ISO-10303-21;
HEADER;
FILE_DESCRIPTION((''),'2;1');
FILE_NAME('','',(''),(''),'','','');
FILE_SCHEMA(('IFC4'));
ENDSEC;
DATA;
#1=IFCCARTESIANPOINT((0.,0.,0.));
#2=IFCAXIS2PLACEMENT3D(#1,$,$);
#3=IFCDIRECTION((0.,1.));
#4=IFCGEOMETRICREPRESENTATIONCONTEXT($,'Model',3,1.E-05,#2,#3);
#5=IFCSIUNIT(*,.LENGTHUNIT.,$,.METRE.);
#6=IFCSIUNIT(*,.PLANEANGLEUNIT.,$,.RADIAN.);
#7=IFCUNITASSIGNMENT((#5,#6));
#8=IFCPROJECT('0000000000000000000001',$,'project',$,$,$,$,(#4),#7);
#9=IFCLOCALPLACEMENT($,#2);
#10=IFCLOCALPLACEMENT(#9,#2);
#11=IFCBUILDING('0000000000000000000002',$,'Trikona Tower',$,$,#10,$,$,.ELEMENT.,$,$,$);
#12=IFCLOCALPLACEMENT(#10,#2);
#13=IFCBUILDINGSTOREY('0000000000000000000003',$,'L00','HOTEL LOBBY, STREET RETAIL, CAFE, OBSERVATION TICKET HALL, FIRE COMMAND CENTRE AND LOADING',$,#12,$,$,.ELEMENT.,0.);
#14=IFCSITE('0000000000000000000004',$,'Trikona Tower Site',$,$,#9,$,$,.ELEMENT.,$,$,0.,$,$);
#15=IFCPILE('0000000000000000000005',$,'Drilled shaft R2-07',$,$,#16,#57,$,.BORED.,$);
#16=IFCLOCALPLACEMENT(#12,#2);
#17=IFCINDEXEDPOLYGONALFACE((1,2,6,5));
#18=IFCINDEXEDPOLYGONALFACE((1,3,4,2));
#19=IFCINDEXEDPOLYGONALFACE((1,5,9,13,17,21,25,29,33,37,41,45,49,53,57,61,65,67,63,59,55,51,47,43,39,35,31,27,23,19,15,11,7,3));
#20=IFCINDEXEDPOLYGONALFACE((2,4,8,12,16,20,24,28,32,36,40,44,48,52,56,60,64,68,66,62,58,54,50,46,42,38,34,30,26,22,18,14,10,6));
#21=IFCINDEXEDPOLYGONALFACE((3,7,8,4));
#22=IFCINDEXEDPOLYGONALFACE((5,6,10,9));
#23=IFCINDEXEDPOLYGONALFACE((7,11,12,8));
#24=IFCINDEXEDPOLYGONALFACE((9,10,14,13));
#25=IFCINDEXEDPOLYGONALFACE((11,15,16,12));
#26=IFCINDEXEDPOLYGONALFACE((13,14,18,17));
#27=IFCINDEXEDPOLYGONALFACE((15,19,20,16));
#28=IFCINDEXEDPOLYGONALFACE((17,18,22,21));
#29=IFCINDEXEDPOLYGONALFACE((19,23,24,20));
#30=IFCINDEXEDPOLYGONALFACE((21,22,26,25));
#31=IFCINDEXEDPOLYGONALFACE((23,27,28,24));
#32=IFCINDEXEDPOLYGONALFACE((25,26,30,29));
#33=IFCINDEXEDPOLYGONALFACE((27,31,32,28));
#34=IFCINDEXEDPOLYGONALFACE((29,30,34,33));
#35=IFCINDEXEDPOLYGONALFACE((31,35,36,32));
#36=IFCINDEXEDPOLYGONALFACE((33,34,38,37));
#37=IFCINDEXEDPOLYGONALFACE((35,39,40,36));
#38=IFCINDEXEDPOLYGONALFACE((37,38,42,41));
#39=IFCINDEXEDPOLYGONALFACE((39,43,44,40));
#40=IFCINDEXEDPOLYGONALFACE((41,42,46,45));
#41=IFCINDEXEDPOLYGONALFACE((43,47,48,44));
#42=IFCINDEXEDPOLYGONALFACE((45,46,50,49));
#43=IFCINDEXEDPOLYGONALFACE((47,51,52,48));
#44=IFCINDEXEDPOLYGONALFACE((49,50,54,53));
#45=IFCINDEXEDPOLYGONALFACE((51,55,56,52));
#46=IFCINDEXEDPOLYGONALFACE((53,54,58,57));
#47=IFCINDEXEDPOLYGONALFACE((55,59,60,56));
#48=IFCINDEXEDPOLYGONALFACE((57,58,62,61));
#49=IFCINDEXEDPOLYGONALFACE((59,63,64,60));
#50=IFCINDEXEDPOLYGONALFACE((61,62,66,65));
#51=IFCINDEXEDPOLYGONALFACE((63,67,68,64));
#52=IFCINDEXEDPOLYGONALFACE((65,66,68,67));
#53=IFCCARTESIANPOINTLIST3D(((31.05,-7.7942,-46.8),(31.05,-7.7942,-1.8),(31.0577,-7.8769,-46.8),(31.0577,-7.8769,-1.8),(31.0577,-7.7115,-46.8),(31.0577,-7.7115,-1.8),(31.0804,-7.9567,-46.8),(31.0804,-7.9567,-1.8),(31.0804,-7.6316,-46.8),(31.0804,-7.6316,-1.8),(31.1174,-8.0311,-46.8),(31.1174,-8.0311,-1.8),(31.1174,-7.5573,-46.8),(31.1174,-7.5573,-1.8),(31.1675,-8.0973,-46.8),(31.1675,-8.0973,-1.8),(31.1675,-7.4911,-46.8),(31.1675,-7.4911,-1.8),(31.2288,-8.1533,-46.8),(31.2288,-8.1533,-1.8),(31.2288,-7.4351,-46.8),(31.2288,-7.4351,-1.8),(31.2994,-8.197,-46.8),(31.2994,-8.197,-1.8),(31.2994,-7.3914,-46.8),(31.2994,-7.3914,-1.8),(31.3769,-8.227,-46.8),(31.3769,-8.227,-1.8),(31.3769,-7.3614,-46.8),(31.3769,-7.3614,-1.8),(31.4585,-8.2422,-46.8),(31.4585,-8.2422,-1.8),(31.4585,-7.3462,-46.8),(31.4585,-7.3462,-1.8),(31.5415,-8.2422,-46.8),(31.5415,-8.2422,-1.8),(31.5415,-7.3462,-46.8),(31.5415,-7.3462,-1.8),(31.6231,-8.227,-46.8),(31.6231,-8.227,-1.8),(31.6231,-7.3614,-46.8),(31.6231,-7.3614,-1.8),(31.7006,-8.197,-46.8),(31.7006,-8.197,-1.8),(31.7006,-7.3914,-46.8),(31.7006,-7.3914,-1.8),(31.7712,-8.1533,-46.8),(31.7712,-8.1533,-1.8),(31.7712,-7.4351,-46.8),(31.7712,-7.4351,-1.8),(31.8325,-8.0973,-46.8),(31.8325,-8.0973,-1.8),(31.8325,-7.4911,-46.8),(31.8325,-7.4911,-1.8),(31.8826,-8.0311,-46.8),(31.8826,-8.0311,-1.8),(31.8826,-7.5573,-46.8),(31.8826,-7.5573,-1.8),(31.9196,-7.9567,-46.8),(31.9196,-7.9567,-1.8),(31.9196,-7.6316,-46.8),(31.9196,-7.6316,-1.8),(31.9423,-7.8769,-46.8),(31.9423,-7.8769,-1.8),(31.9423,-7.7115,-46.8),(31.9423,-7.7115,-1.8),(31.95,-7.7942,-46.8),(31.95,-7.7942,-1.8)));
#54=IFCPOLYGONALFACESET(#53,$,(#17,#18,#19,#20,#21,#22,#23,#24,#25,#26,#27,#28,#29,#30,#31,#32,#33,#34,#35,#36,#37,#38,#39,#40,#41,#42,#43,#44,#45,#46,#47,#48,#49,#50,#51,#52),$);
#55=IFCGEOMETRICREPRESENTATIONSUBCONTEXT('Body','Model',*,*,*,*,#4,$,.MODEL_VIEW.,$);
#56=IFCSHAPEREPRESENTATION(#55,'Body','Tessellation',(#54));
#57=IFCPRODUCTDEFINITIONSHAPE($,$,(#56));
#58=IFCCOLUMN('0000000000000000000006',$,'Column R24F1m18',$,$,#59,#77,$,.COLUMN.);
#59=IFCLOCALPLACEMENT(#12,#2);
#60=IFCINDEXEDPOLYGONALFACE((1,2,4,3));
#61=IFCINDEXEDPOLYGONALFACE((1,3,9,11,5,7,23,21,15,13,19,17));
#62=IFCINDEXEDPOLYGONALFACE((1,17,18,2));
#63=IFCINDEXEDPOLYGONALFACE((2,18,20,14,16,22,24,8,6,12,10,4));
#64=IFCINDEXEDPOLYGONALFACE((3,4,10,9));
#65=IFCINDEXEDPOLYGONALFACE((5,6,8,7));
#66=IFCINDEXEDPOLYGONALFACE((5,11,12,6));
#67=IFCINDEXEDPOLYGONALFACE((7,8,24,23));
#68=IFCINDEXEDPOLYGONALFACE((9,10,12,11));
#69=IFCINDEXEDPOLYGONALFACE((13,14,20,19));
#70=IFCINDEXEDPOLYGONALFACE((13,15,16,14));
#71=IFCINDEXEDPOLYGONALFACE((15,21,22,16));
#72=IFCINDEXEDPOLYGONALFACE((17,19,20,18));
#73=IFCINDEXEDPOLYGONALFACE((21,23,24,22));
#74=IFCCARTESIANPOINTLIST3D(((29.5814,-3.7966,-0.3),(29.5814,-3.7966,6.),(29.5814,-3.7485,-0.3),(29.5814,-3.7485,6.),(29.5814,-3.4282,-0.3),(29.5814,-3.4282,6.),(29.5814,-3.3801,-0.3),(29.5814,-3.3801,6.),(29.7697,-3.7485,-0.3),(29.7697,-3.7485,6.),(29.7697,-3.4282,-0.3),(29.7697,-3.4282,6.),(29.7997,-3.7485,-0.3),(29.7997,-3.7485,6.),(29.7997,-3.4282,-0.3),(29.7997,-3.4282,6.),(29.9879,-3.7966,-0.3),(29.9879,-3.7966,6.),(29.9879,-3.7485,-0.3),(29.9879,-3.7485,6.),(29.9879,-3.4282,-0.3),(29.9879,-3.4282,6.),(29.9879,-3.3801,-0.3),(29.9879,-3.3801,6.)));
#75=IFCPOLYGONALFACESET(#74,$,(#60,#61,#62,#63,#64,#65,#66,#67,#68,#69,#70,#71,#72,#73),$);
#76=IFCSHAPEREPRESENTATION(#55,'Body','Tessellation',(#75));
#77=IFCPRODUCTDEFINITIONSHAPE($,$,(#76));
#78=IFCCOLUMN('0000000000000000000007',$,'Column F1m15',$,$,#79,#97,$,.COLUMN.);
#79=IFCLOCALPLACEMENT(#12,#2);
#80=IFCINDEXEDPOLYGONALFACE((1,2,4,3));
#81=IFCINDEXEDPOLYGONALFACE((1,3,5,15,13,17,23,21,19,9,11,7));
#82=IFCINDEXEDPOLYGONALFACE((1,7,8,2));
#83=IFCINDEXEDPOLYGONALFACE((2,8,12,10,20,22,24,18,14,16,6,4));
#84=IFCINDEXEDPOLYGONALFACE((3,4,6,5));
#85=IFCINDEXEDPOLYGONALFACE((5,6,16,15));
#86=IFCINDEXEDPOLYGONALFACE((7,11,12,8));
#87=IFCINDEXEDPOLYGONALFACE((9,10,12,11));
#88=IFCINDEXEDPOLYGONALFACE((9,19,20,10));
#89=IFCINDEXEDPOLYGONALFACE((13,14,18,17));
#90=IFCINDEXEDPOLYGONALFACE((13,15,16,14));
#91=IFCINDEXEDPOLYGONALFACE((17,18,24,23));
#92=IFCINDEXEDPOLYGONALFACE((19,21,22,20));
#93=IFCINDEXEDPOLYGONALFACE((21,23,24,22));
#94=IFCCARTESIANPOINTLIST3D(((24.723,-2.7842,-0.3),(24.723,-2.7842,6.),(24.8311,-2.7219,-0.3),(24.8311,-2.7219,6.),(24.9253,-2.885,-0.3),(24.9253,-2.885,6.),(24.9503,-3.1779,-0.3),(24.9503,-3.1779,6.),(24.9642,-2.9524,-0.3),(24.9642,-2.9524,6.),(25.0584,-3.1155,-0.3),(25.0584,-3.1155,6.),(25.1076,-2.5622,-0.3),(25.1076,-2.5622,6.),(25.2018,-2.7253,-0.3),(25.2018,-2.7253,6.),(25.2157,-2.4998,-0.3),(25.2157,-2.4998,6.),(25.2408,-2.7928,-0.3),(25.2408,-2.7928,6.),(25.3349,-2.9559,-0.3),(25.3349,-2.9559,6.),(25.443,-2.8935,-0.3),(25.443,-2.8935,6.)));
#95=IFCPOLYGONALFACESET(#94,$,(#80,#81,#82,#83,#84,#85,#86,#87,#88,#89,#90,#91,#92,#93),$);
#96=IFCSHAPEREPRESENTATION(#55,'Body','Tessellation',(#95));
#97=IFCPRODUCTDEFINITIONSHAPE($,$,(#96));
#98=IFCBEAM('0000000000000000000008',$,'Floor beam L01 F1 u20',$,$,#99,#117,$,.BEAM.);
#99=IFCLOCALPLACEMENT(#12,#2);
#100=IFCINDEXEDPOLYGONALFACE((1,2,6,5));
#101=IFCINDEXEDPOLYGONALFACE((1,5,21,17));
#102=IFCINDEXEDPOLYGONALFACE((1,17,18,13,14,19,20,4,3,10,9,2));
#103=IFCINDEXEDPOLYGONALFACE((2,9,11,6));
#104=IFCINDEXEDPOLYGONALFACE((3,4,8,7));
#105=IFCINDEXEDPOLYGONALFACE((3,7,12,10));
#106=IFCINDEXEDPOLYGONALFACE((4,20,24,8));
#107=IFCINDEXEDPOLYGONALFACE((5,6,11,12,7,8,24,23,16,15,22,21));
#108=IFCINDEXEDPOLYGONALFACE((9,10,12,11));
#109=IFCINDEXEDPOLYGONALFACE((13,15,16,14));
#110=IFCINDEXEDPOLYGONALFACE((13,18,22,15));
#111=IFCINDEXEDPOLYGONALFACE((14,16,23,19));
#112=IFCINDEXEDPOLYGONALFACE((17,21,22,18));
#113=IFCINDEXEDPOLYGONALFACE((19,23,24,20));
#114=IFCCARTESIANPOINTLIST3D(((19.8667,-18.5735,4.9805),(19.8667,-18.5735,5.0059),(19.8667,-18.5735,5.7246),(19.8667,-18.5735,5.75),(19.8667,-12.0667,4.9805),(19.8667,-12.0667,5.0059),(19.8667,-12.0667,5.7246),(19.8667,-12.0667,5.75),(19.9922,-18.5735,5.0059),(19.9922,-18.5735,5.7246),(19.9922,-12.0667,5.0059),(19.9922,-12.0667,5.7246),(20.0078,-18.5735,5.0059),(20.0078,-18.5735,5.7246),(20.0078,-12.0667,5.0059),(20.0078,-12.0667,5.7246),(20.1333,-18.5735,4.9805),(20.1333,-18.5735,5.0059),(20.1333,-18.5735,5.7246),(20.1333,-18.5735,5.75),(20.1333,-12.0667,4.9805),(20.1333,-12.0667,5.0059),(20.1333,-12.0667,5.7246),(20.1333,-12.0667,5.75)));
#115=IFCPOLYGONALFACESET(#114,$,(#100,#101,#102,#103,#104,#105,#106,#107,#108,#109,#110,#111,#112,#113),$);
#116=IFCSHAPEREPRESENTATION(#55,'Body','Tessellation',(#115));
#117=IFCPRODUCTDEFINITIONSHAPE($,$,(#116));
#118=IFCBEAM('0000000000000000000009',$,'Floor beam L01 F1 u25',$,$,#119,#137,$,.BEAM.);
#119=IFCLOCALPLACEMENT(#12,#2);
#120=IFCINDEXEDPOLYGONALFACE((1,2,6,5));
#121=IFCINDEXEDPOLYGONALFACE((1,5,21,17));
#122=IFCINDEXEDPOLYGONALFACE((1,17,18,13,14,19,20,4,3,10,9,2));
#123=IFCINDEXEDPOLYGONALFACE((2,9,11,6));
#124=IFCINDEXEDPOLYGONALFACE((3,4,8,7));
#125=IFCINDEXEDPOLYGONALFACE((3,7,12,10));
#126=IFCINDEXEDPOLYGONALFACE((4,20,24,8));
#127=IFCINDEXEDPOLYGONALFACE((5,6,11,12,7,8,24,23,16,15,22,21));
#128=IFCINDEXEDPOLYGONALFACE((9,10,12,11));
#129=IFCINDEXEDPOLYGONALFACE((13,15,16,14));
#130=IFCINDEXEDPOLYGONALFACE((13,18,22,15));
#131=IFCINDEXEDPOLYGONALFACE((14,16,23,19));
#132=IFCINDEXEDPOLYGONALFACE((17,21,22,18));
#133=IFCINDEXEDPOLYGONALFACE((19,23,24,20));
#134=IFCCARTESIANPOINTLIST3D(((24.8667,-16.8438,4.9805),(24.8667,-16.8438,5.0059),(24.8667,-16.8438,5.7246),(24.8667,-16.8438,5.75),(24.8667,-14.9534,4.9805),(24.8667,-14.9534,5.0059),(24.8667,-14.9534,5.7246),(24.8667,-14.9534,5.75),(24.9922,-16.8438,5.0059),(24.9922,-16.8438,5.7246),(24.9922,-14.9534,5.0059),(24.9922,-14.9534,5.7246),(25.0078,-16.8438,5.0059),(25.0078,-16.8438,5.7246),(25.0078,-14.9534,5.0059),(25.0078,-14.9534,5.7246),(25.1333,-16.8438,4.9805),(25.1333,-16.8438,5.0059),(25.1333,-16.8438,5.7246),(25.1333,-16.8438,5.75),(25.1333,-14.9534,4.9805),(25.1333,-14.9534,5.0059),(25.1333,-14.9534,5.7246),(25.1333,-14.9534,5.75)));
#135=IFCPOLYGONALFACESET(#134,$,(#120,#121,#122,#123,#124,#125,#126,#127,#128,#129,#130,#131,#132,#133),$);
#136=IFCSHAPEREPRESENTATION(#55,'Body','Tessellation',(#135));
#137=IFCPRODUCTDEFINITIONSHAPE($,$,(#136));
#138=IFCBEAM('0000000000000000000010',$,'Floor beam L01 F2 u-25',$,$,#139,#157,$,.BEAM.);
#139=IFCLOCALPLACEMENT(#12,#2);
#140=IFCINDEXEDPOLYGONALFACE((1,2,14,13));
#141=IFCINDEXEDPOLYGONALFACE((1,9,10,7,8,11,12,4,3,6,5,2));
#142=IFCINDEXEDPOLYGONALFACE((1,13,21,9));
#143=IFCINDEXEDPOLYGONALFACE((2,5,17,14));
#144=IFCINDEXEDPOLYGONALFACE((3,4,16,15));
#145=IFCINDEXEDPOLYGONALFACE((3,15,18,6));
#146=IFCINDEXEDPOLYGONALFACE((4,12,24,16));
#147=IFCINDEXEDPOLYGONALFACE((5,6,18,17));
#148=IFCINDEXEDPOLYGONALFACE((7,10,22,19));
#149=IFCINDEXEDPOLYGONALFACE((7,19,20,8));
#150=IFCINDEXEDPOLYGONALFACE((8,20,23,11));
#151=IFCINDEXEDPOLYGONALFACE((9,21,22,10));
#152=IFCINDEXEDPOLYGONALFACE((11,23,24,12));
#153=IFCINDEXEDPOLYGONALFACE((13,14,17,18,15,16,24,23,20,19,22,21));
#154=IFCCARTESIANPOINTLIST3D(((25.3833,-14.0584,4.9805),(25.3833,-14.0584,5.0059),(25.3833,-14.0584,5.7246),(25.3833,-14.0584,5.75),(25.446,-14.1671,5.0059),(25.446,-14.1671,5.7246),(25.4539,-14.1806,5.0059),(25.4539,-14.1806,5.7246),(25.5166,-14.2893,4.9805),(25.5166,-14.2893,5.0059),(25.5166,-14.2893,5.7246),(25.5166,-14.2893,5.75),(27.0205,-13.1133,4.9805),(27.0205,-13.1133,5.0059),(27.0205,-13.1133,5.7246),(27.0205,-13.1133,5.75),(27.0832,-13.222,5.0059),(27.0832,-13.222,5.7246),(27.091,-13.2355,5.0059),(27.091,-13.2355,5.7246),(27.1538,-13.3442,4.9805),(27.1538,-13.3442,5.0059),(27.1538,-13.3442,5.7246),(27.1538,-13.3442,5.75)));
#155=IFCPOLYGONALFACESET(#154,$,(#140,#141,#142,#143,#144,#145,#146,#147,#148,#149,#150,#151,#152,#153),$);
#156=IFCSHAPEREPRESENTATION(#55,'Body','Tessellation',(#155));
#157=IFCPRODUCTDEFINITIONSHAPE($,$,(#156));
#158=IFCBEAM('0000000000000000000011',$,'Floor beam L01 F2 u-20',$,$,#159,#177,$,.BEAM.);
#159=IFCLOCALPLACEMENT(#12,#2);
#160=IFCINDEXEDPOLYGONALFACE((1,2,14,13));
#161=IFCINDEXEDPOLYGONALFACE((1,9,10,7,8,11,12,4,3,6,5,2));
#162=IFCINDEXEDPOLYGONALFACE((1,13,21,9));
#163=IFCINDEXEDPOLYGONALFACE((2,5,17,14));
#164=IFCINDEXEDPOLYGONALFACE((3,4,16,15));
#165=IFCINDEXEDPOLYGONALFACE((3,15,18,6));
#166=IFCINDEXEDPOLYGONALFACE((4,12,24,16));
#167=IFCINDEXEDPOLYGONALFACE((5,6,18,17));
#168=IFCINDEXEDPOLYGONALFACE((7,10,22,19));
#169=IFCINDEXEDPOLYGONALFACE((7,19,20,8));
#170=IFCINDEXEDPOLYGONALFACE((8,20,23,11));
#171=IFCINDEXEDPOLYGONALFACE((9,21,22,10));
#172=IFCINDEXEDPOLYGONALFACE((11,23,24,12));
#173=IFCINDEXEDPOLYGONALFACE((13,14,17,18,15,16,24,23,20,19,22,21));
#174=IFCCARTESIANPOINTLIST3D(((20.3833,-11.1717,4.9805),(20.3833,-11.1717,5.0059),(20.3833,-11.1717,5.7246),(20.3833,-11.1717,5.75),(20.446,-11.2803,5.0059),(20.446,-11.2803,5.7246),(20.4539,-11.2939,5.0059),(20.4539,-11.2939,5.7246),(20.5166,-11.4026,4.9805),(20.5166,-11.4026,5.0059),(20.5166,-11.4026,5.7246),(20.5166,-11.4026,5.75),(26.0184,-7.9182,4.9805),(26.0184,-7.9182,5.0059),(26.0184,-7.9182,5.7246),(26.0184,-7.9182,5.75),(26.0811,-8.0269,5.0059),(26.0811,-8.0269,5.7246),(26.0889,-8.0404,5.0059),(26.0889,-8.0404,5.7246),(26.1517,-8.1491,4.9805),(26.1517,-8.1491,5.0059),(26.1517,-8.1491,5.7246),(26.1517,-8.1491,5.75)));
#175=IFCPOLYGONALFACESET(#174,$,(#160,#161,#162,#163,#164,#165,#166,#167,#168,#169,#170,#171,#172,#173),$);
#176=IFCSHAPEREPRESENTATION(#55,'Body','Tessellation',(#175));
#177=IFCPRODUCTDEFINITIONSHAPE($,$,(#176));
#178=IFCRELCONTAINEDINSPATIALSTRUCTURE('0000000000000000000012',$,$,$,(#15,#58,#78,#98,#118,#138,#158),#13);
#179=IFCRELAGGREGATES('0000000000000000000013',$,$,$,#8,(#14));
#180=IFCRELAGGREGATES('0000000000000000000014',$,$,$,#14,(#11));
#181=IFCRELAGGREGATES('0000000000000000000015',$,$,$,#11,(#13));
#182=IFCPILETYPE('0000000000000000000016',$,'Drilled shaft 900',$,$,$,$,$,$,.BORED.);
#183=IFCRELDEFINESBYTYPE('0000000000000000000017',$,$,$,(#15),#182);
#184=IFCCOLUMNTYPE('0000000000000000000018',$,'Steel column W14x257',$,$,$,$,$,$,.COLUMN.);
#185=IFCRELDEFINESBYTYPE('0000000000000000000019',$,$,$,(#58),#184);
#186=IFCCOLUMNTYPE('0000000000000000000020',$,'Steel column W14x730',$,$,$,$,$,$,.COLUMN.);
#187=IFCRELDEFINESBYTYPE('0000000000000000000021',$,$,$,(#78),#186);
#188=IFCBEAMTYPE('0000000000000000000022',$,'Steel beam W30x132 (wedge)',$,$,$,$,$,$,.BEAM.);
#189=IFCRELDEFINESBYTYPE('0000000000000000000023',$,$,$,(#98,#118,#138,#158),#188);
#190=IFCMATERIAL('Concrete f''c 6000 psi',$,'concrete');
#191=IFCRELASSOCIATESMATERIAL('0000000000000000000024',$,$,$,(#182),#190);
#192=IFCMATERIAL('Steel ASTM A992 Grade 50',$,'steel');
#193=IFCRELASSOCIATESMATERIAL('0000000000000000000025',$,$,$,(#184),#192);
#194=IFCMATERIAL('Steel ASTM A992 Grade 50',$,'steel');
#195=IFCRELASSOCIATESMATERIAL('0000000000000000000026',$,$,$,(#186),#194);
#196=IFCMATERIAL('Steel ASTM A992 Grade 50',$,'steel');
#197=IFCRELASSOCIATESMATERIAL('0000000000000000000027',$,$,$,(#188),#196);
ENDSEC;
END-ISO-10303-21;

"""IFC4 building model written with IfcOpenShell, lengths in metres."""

from ifc_helpers import new_model, si_unit, direction, frame, origin, origin_2d, place, context, subcontext, project, spatial, circle, i_section, extrude, material, material_profile, profile_set, type_object, element, save


model = new_model("IFC4")

# Units and contexts
model_context = context("Model", 3, precision=1e-05, world=origin(), true_north=direction((0.0, 1.0)))
body_context = subcontext(model_context, "Body", "Model", "MODEL_VIEW")
ifc_project = project(units=[si_unit("LENGTHUNIT", "METRE"), si_unit("PLANEANGLEUNIT", "RADIAN")], contexts=[model_context])

# Site, building, storey
site_placement = place(None, origin())
site = spatial("IfcSite", under=ifc_project, at=site_placement, Name="Trikona Tower Site", CompositionType="ELEMENT", RefElevation=0.0)
building_placement = place(site_placement, origin())
building = spatial("IfcBuilding", under=site, at=building_placement, Name="Trikona Tower", CompositionType="ELEMENT")
storey_placement = place(building_placement, origin())
storey = spatial("IfcBuildingStorey", under=building, at=storey_placement, Name="L00", Description="HOTEL LOBBY, STREET RETAIL, CAFE, OBSERVATION TICKET HALL, FIRE COMMAND CENTRE AND LOADING", CompositionType="ELEMENT", Elevation=0.0)

# Pile
ifc_material_1 = material(Name="Concrete f'c 6000 psi", Category="concrete")
pile_type_1 = type_object("IfcPileType", Name="Drilled shaft 900", PredefinedType="BORED", material=ifc_material_1)
pile_placement = place(storey_placement, frame((31.5, -7.7942, -1.8), z_axis=(0.0, 0.0, -1.0), x_axis=(1.0, 0.0, 0.0)))
element("IfcPile", 1, at=pile_placement, inside=storey, type_object=pile_type_1, Name="Drilled shaft R2-07", PredefinedType="BORED", context=body_context, shape_type="SweptSolid", body=[
    extrude(circle(Radius=0.45, at=origin_2d()), origin(), (0.0, 0.0, 1.0), 45.0),
])

# Columns
ifc_material_2 = material(Name="Steel ASTM A992 Grade 50", Category="steel")
ifc_material_profile_1 = material_profile(ifc_material_2, i_section(OverallWidth=0.4065, OverallDepth=0.4165, WebThickness=0.03, FlangeThickness=0.0481, at=origin_2d()), Name="W14X257")
ifc_profile_set_1 = profile_set([ifc_material_profile_1], Name="Steel ASTM A992 Grade 50")
column_type_1 = type_object("IfcColumnType", Name="Steel column W14x257", PredefinedType="COLUMN", material=ifc_profile_set_1)
column_1_placement = place(storey_placement, frame((29.7847, -3.5884, -0.3), z_axis=(0.0, 0.0, 1.0), x_axis=(1.0, 0.0, 0.0)))
element("IfcColumn", 2, at=column_1_placement, inside=storey, type_object=column_type_1, Name="Column R24F1m18", PredefinedType="COLUMN", context=body_context, shape_type="SweptSolid", body=[
    extrude(i_section(OverallWidth=0.4065, OverallDepth=0.4165, WebThickness=0.03, FlangeThickness=0.0481, at=origin_2d()), origin(), (0.0, 0.0, 1.0), 6.3),
])
ifc_material_3 = material(Name="Steel ASTM A992 Grade 50", Category="steel")
ifc_material_profile_2 = material_profile(ifc_material_3, i_section(OverallWidth=0.4546, OverallDepth=0.5688, WebThickness=0.0779, FlangeThickness=0.1248, at=origin_2d()), Name="W14X730")
ifc_profile_set_2 = profile_set([ifc_material_profile_2], Name="Steel ASTM A992 Grade 50")
column_type_2 = type_object("IfcColumnType", Name="Steel column W14x730", PredefinedType="COLUMN", material=ifc_profile_set_2)
column_2_placement = place(storey_placement, frame((25.083, -2.8389, -0.3), z_axis=(0.0, 0.0, 1.0), x_axis=(-0.5, 0.866025, 0.0)))
element("IfcColumn", 3, at=column_2_placement, inside=storey, type_object=column_type_2, Name="Column F1m15", PredefinedType="COLUMN", context=body_context, shape_type="SweptSolid", body=[
    extrude(i_section(OverallWidth=0.4546, OverallDepth=0.5688, WebThickness=0.0779, FlangeThickness=0.1248, at=origin_2d()), origin(), (0.0, 0.0, 1.0), 6.3),
])

# Beams
ifc_material_4 = material(Name="Steel ASTM A992 Grade 50", Category="steel")
ifc_material_profile_3 = material_profile(ifc_material_4, i_section(OverallWidth=0.2666, OverallDepth=0.7695, WebThickness=0.0156, FlangeThickness=0.0254, at=origin_2d()), Name="W30X132")
ifc_profile_set_3 = profile_set([ifc_material_profile_3], Name="Steel ASTM A992 Grade 50")
beam_type_1 = type_object("IfcBeamType", Name="Steel beam W30x132 (wedge)", PredefinedType="BEAM", material=ifc_profile_set_3)
beam_1_placement = place(storey_placement, frame((20.0, -12.0667, 5.3652), z_axis=(0.0, -1.0, 0.0), x_axis=(1.0, 0.0, 0.0)))
element("IfcBeam", 4, at=beam_1_placement, inside=storey, type_object=beam_type_1, Name="Floor beam L01 F1 u20", PredefinedType="BEAM", context=body_context, shape_type="SweptSolid", body=[
    extrude(i_section(OverallWidth=0.2666, OverallDepth=0.7695, WebThickness=0.0156, FlangeThickness=0.0254, at=origin_2d()), origin(), (0.0, 0.0, 1.0), 6.5068),
])
for number, where, z_axis, x_axis, name in (
    (5, (25.0, -14.9534, 5.3652), (0.0, -1.0, 0.0), (1.0, 0.0, 0.0), "Floor beam L01 F1 u25"),
    (6, (25.45, -14.1738, 5.3652), (0.866065, 0.499931, 0.0), (-0.499931, 0.866065, 0.0), "Floor beam L01 F2 u-25"),
):
    element("IfcBeam", number, at=place(storey_placement, frame(where, z_axis=z_axis, x_axis=x_axis)), inside=storey, type_object=beam_type_1, Name=name, PredefinedType="BEAM", context=body_context, shape_type="SweptSolid", body=[
        extrude(i_section(OverallWidth=0.2666, OverallDepth=0.7695, WebThickness=0.0156, FlangeThickness=0.0254, at=origin_2d()), origin(), (0.0, 0.0, 1.0), 1.8904),
    ])
beam_2_placement = place(storey_placement, frame((20.45, -11.2871, 5.3652), z_axis=(0.866023, 0.500005, 0.0), x_axis=(-0.500005, 0.866023, 0.0)))
element("IfcBeam", 7, at=beam_2_placement, inside=storey, type_object=beam_type_1, Name="Floor beam L01 F2 u-20", PredefinedType="BEAM", context=body_context, shape_type="SweptSolid", body=[
    extrude(i_section(OverallWidth=0.2666, OverallDepth=0.7695, WebThickness=0.0156, FlangeThickness=0.0254, at=origin_2d()), origin(), (0.0, 0.0, 1.0), 6.5068),
])

save(model, "model.ifc")
